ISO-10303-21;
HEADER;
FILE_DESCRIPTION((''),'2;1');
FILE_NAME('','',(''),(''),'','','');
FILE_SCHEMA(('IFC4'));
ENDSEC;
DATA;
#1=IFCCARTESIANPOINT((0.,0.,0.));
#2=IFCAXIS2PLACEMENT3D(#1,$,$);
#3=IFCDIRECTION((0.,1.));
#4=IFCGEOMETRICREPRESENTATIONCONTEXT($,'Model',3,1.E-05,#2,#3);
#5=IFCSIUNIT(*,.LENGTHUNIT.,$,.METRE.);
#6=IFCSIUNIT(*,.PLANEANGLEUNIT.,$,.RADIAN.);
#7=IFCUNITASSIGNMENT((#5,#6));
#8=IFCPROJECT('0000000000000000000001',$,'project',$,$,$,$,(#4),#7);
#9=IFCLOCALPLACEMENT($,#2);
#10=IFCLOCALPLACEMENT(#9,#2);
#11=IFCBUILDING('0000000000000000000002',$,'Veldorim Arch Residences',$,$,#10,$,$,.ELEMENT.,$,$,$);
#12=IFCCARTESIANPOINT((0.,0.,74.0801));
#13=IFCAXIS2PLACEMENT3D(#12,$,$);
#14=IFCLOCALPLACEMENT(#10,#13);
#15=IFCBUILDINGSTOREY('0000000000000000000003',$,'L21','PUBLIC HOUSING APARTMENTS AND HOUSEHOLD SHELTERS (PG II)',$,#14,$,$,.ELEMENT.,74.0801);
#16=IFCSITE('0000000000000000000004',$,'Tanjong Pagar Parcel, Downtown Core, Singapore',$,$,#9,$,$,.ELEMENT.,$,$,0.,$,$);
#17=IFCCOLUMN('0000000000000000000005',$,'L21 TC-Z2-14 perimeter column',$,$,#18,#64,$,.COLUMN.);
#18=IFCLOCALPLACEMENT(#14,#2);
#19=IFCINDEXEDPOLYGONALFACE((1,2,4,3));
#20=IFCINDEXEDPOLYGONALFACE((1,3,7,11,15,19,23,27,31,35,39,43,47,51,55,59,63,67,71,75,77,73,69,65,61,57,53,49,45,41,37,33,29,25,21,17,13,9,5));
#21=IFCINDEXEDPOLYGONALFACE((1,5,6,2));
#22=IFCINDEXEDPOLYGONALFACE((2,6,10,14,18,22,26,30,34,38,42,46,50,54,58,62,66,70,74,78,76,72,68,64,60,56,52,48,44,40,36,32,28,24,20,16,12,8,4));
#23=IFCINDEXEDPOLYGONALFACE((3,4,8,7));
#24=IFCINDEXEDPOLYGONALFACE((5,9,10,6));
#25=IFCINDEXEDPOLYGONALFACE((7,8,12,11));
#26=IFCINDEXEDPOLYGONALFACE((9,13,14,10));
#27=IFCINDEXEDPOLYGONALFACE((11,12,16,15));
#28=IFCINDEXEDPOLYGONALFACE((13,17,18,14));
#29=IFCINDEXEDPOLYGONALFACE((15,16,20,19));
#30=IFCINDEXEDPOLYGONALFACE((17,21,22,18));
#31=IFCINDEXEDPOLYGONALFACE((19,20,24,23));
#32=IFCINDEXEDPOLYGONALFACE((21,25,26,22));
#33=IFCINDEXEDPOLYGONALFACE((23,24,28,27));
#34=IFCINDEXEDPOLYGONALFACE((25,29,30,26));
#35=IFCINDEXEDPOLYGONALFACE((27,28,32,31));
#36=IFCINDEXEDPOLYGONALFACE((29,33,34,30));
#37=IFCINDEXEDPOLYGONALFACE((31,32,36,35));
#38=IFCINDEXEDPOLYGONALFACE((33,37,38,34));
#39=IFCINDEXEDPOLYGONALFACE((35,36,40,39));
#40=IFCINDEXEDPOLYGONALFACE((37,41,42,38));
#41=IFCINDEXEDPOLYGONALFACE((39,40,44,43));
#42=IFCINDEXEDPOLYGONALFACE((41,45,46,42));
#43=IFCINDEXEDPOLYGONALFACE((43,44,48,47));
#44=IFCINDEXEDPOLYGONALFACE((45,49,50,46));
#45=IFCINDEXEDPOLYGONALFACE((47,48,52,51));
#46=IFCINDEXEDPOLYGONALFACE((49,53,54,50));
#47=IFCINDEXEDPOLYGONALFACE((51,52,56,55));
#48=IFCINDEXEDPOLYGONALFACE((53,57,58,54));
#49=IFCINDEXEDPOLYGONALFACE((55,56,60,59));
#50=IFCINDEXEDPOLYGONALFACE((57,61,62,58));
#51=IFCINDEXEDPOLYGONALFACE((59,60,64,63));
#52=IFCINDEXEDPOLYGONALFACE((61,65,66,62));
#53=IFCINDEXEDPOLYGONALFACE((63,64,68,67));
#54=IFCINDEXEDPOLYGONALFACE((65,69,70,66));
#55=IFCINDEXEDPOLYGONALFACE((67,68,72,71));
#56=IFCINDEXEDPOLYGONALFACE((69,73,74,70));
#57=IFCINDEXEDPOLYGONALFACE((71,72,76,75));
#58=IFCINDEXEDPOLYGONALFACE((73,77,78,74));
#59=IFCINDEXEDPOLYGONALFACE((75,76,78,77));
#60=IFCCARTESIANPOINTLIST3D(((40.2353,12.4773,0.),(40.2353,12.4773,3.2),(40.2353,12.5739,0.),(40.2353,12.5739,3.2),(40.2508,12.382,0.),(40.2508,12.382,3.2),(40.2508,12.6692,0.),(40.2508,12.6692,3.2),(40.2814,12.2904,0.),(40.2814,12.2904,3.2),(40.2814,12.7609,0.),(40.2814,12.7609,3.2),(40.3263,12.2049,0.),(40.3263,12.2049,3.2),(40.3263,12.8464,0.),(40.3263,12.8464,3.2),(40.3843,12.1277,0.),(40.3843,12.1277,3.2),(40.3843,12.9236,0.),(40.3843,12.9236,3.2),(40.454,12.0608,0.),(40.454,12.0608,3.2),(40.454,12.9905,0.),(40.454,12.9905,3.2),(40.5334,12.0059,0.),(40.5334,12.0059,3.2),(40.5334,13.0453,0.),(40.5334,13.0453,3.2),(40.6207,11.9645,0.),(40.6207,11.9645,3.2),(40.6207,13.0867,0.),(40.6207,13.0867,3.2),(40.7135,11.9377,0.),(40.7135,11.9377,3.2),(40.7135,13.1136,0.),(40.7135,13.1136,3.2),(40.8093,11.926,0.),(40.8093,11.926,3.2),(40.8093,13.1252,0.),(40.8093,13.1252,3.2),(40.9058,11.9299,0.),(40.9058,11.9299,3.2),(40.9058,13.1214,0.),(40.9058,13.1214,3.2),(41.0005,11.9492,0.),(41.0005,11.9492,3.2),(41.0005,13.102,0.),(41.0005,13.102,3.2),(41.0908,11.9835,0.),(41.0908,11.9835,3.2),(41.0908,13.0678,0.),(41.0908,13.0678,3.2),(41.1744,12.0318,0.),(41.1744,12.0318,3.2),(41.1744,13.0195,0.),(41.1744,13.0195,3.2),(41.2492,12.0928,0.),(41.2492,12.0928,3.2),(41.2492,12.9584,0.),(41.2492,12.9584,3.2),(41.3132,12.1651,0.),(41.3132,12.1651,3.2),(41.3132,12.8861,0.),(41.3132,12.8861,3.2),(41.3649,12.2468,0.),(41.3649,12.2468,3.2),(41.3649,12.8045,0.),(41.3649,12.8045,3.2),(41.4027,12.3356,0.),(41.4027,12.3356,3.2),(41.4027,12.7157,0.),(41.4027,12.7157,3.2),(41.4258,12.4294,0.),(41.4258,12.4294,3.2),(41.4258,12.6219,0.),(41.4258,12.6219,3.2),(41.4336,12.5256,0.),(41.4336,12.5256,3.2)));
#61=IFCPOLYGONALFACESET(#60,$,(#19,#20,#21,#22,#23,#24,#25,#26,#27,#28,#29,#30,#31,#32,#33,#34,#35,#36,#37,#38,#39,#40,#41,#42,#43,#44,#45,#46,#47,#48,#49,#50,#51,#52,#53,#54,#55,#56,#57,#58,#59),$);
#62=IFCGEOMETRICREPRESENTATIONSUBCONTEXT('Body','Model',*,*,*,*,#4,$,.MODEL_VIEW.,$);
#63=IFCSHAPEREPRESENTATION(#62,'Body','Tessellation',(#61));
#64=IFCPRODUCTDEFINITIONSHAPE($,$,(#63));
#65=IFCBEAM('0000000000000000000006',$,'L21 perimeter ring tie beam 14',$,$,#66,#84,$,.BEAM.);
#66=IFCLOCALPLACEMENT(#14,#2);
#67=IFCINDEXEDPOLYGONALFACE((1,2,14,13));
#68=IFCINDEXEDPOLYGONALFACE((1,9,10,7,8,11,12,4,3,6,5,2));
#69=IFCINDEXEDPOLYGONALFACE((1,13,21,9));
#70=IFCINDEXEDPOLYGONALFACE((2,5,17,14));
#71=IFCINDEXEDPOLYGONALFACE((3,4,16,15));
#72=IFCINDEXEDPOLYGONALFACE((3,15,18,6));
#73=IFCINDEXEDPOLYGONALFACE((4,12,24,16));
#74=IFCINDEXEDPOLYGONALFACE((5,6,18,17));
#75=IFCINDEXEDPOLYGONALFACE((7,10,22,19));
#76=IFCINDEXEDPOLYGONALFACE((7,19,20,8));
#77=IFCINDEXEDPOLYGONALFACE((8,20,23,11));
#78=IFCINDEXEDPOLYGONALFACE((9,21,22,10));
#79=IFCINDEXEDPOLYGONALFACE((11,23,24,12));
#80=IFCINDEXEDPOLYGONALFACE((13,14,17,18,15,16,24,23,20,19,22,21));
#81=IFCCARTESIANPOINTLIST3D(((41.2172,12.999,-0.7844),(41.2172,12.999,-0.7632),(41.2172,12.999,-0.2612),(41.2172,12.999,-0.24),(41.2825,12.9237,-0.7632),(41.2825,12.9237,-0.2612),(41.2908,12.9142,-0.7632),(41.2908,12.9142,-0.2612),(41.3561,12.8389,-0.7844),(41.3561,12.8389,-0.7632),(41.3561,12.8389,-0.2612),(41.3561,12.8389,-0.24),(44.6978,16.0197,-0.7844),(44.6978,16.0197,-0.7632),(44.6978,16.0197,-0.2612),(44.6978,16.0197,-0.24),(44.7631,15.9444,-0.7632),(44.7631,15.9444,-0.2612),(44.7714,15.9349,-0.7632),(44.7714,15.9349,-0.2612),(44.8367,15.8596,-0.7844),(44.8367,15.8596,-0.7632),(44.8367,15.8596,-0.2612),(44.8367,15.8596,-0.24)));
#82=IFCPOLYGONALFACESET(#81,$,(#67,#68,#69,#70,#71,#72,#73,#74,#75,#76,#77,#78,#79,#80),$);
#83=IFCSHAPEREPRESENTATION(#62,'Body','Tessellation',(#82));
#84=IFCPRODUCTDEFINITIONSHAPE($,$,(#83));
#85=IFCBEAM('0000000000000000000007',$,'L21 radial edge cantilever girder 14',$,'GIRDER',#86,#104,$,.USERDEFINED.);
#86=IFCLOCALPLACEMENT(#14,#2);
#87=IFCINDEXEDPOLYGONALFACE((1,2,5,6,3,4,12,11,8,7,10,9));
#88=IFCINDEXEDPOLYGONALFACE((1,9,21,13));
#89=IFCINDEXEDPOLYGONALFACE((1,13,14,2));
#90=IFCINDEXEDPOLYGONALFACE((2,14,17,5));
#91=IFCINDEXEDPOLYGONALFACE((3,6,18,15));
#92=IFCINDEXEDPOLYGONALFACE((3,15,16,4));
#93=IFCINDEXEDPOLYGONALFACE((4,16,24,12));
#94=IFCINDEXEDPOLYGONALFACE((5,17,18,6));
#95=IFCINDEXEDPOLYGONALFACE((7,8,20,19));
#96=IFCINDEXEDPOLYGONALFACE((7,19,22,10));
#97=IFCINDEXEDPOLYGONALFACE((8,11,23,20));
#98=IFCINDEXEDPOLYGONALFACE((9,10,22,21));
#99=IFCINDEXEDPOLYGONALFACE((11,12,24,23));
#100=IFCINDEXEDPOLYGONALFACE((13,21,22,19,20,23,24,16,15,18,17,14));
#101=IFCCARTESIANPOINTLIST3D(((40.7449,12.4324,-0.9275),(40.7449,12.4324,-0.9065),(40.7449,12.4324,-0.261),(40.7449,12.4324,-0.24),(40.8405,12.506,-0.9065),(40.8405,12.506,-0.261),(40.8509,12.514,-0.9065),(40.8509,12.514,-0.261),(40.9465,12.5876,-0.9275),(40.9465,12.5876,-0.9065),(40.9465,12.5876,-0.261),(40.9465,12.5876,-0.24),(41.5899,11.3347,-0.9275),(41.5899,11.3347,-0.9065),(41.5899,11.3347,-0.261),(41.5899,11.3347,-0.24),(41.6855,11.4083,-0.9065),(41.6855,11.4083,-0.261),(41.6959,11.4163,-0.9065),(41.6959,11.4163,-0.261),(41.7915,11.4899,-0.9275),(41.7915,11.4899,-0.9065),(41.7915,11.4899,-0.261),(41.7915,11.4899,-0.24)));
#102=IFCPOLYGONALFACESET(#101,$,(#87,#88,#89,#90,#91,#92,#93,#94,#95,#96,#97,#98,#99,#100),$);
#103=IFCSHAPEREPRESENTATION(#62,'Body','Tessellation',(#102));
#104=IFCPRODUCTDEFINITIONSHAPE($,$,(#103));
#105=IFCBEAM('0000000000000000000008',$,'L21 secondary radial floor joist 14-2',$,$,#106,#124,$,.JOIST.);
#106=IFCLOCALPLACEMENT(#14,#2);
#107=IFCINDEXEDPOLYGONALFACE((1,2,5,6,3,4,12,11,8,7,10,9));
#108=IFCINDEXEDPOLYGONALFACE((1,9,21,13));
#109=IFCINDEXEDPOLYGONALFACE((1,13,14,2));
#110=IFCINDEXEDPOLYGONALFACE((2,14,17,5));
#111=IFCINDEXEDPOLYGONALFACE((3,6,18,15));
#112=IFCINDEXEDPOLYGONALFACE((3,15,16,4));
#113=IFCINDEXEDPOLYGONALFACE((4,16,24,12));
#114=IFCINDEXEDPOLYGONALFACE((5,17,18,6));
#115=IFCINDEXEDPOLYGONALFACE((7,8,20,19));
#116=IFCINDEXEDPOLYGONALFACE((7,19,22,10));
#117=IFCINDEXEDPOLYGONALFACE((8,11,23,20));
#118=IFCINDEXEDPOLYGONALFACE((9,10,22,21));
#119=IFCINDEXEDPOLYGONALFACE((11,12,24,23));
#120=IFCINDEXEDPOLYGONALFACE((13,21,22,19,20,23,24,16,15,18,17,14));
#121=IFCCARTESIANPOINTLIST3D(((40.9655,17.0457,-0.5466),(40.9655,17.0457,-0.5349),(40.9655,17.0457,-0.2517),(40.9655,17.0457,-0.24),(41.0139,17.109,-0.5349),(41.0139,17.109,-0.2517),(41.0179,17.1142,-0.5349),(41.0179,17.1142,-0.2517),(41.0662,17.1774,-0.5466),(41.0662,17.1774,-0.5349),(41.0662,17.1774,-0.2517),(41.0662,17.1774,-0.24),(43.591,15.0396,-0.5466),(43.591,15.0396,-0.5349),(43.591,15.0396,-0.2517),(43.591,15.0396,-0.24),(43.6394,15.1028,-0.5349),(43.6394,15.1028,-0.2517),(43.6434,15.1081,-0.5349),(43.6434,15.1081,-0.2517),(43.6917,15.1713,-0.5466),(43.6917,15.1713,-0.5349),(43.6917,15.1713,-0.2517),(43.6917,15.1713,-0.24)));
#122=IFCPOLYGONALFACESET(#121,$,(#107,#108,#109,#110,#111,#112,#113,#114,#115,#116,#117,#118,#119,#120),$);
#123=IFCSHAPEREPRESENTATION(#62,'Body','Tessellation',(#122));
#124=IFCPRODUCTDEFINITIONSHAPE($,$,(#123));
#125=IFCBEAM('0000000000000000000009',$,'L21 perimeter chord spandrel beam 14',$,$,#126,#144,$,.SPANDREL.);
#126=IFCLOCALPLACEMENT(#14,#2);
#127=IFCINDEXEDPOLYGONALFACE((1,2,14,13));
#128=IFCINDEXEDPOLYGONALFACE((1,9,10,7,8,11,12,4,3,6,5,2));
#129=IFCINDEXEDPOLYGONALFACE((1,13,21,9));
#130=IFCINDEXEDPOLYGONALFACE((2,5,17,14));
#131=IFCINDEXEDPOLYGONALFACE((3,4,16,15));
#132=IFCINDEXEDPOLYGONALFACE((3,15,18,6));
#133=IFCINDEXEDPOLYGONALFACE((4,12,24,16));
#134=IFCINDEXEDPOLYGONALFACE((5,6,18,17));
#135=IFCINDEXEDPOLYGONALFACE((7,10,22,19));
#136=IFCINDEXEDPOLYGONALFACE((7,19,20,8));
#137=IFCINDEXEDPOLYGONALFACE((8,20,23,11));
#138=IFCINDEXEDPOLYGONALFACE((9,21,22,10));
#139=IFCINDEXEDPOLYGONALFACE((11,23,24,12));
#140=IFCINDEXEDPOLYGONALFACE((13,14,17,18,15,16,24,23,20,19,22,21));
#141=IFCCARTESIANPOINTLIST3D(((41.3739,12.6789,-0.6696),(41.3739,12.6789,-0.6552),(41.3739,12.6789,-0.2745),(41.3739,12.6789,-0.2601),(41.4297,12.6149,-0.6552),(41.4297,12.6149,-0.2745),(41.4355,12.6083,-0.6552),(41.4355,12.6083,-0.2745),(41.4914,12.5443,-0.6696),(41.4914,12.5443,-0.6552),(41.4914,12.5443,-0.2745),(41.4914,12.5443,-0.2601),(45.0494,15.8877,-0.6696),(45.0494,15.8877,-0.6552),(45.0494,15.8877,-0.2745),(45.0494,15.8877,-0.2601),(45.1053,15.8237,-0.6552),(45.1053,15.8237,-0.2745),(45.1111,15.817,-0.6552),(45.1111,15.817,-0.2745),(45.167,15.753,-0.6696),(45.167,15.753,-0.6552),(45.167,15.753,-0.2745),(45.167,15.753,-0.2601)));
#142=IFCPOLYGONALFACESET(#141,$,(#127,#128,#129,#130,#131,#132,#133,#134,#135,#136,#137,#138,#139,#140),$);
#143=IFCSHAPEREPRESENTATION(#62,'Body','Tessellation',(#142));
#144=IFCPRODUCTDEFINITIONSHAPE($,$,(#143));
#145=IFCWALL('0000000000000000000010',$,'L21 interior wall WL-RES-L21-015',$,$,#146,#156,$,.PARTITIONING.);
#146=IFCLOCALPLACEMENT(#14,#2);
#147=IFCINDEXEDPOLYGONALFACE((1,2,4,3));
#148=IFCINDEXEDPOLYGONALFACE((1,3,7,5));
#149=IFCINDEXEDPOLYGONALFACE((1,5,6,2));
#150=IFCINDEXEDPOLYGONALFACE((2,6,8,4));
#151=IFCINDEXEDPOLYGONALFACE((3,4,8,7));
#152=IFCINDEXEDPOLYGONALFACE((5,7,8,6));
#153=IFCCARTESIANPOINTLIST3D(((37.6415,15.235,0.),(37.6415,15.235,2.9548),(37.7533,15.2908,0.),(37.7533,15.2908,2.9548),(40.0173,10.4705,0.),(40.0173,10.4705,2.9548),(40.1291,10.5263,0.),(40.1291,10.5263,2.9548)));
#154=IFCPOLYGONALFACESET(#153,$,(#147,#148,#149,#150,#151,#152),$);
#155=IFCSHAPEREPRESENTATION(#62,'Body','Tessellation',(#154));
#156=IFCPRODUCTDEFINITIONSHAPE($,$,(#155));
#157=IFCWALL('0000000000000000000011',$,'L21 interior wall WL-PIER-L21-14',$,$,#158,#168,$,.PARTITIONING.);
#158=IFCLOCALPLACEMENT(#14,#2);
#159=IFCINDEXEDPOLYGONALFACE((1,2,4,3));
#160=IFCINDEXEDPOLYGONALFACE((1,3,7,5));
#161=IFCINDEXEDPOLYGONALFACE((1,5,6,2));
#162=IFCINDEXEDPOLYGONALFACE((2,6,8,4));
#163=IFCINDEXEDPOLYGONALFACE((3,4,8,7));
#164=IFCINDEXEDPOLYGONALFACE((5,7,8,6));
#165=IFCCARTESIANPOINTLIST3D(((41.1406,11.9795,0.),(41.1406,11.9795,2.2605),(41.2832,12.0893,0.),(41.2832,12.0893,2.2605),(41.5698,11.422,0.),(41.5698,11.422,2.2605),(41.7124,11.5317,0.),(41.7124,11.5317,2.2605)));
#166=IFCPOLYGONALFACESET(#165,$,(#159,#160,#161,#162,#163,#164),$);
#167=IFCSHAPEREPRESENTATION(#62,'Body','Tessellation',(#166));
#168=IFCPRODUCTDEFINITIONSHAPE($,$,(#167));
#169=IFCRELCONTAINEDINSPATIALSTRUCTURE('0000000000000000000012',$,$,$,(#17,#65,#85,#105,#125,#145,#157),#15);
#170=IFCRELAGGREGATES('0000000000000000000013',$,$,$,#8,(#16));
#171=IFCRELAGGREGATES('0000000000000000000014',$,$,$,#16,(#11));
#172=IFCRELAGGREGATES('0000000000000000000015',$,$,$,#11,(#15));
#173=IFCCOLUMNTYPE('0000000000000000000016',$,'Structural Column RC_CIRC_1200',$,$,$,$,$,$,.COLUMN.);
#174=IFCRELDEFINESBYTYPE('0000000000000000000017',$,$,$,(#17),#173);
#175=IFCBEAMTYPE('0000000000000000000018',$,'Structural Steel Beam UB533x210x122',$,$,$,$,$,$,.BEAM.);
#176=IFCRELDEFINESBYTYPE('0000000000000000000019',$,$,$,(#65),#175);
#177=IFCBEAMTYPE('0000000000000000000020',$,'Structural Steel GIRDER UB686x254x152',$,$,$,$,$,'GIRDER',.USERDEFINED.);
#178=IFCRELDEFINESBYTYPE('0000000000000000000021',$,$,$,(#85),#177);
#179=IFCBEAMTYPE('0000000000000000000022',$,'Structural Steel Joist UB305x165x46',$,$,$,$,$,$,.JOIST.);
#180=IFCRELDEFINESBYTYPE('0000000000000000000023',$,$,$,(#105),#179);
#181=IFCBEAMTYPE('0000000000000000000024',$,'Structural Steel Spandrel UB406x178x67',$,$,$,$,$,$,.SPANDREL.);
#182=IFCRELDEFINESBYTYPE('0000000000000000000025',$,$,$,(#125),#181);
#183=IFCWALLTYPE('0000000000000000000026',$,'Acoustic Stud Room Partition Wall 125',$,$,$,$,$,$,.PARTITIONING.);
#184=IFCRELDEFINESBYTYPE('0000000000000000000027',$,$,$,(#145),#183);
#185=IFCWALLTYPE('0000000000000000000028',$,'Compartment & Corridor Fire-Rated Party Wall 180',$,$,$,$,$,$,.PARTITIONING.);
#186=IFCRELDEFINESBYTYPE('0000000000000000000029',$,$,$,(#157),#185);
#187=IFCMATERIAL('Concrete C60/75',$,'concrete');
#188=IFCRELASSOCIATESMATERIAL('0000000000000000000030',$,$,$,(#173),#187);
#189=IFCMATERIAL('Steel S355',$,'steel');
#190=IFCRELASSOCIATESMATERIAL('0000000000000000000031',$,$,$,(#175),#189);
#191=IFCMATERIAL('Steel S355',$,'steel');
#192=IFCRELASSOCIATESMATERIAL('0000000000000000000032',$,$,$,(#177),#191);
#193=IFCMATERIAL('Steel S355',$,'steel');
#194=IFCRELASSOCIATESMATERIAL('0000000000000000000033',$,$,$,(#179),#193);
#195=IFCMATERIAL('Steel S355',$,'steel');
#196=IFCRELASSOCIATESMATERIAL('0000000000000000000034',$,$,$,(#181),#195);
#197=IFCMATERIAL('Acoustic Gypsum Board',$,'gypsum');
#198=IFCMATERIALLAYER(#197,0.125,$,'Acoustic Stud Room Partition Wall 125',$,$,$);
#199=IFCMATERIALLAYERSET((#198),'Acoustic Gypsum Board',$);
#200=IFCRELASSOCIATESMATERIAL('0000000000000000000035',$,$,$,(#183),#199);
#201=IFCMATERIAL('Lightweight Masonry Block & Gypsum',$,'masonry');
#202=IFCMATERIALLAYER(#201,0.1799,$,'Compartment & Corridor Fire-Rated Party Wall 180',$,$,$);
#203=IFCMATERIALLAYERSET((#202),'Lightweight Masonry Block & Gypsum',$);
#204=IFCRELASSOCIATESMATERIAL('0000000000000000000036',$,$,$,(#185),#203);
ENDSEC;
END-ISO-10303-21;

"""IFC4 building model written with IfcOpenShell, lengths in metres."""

from ifc_helpers import new_model, si_unit, direction, frame, frame_2d, origin, origin_2d, place, context, subcontext, project, spatial, rectangle, circle, i_section, extrude, material, layer, layer_set, material_profile, profile_set, type_object, element, save


model = new_model("IFC4")

# Units and contexts
model_context = context("Model", 3, precision=1e-05, world=origin(), true_north=direction((0.0, 1.0)))
body_context = subcontext(model_context, "Body", "Model", "MODEL_VIEW")
ifc_project = project(units=[si_unit("LENGTHUNIT", "METRE"), si_unit("PLANEANGLEUNIT", "RADIAN")], contexts=[model_context])

# Site, building, storey
site_placement = place(None, origin())
site = spatial("IfcSite", under=ifc_project, at=site_placement, Name="Tanjong Pagar Parcel, Downtown Core, Singapore", CompositionType="ELEMENT", RefElevation=0.0)
building_placement = place(site_placement, origin())
building = spatial("IfcBuilding", under=site, at=building_placement, Name="Veldorim Arch Residences", CompositionType="ELEMENT")
storey_placement = place(building_placement, frame((0.0, 0.0, 74.0801)))
storey = spatial("IfcBuildingStorey", under=building, at=storey_placement, Name="L21", Description="PUBLIC HOUSING APARTMENTS AND HOUSEHOLD SHELTERS (PG II)", CompositionType="ELEMENT", Elevation=74.0801)

# Column
ifc_material_1 = material(Name="Concrete C60/75", Category="concrete")
ifc_material_profile_1 = material_profile(ifc_material_1, circle(Radius=0.6001, at=origin_2d()), Name="RC_CIRC_1200")
ifc_profile_set_1 = profile_set([ifc_material_profile_1], Name="Concrete C60/75")
column_type = type_object("IfcColumnType", Name="Structural Column RC_CIRC_1200", PredefinedType="COLUMN", material=ifc_profile_set_1)
column_placement = place(storey_placement, frame((40.8335, 12.5256, 0.0), z_axis=(0.0, 0.0, 1.0), x_axis=(1.0, 0.0, 0.0)))
element("IfcColumn", 1, at=column_placement, inside=storey, type_object=column_type, Name="L21 TC-Z2-14 perimeter column", PredefinedType="COLUMN", context=body_context, shape_type="SweptSolid", body=[
    extrude(circle(Radius=0.6001, at=origin_2d()), origin(), (0.0, 0.0, 1.0), 3.2),
])

# Beams
ifc_material_2 = material(Name="Steel S355", Category="steel")
ifc_material_profile_2 = material_profile(ifc_material_2, i_section(OverallWidth=0.2119, OverallDepth=0.5444, WebThickness=0.0127, FlangeThickness=0.0212, at=origin_2d()), Name="UB533x210x122")
ifc_profile_set_2 = profile_set([ifc_material_profile_2], Name="Steel S355")
beam_type_1 = type_object("IfcBeamType", Name="Structural Steel Beam UB533x210x122", PredefinedType="BEAM", material=ifc_profile_set_2)
beam_1_placement = place(storey_placement, frame((41.2866, 12.9189, -0.5122), z_axis=(0.755245, 0.655443, 0.0), x_axis=(-0.655443, 0.755245, 0.0)))
element("IfcBeam", 2, at=beam_1_placement, inside=storey, type_object=beam_type_1, Name="L21 perimeter ring tie beam 14", PredefinedType="BEAM", context=body_context, shape_type="SweptSolid", body=[
    extrude(i_section(OverallWidth=0.2119, OverallDepth=0.5444, WebThickness=0.0127, FlangeThickness=0.0212, at=origin_2d()), origin(), (0.0, 0.0, 1.0), 4.6086),
])
ifc_material_3 = material(Name="Steel S355", Category="steel")
ifc_material_profile_3 = material_profile(ifc_material_3, i_section(OverallWidth=0.2544, OverallDepth=0.6875, WebThickness=0.0132, FlangeThickness=0.021, at=origin_2d()), Name="UB686x254x152")
ifc_profile_set_3 = profile_set([ifc_material_profile_3], Name="Steel S355")
beam_type_2 = type_object("IfcBeamType", Name="Structural Steel GIRDER UB686x254x152", ElementType="GIRDER", PredefinedType="USERDEFINED", material=ifc_profile_set_3)
beam_2_placement = place(storey_placement, frame((40.8457, 12.51, -0.5837), z_axis=(0.609992, -0.792408, 0.0), x_axis=(0.792408, 0.609992, 0.0)))
element("IfcBeam", 3, at=beam_2_placement, inside=storey, type_object=beam_type_2, Name="L21 radial edge cantilever girder 14", ObjectType="GIRDER", PredefinedType="USERDEFINED", context=body_context, shape_type="SweptSolid", body=[
    extrude(i_section(OverallWidth=0.2544, OverallDepth=0.6875, WebThickness=0.0132, FlangeThickness=0.021, at=origin_2d()), origin(), (0.0, 0.0, 1.0), 1.3853),
])
ifc_material_4 = material(Name="Steel S355", Category="steel")
ifc_material_profile_4 = material_profile(ifc_material_4, i_section(OverallWidth=0.1658, OverallDepth=0.3066, WebThickness=0.0066, FlangeThickness=0.0117, at=origin_2d()), Name="UB305x165x46")
ifc_profile_set_4 = profile_set([ifc_material_profile_4], Name="Steel S355")
beam_type_3 = type_object("IfcBeamType", Name="Structural Steel Joist UB305x165x46", PredefinedType="JOIST", material=ifc_profile_set_4)
beam_3_placement = place(storey_placement, frame((41.0159, 17.1116, -0.3933), z_axis=(0.794595, -0.60714, 0.0), x_axis=(0.60714, 0.794595, 0.0)))
element("IfcBeam", 4, at=beam_3_placement, inside=storey, type_object=beam_type_3, Name="L21 secondary radial floor joist 14-2", PredefinedType="JOIST", context=body_context, shape_type="SweptSolid", body=[
    extrude(i_section(OverallWidth=0.1658, OverallDepth=0.3066, WebThickness=0.0066, FlangeThickness=0.0117, at=origin_2d()), origin(), (0.0, 0.0, 1.0), 3.3042),
])
ifc_material_5 = material(Name="Steel S355", Category="steel")
ifc_material_profile_5 = material_profile(ifc_material_5, i_section(OverallWidth=0.1787, OverallDepth=0.4094, WebThickness=0.0088, FlangeThickness=0.0144, at=origin_2d()), Name="UB406x178x67")
ifc_profile_set_5 = profile_set([ifc_material_profile_5], Name="Steel S355")
beam_type_4 = type_object("IfcBeamType", Name="Structural Steel Spandrel UB406x178x67", PredefinedType="SPANDREL", material=ifc_profile_set_5)
beam_4_placement = place(storey_placement, frame((41.4326, 12.6116, -0.4648), z_axis=(0.753323, 0.65765, 0.0), x_axis=(-0.65765, 0.753323, 0.0)))
element("IfcBeam", 5, at=beam_4_placement, inside=storey, type_object=beam_type_4, Name="L21 perimeter chord spandrel beam 14", PredefinedType="SPANDREL", context=body_context, shape_type="SweptSolid", body=[
    extrude(i_section(OverallWidth=0.1787, OverallDepth=0.4094, WebThickness=0.0088, FlangeThickness=0.0144, at=origin_2d()), origin(), (0.0, 0.0, 1.0), 4.8792),
])

# Walls
ifc_material_6 = material(Name="Acoustic Gypsum Board", Category="gypsum")
ifc_layer_1 = layer(ifc_material_6, 0.125, Name="Acoustic Stud Room Partition Wall 125")
ifc_layer_set_1 = layer_set([ifc_layer_1], Name="Acoustic Gypsum Board")
wall_type_1 = type_object("IfcWallType", Name="Acoustic Stud Room Partition Wall 125", PredefinedType="PARTITIONING", material=ifc_layer_set_1)
wall_1_placement = place(storey_placement, frame((40.0732, 10.4983, 0.0), z_axis=(0.0, 0.0, 1.0), x_axis=(-0.446241, 0.894913, 0.0)))
element("IfcWall", 6, at=wall_1_placement, inside=storey, type_object=wall_type_1, Name="L21 interior wall WL-RES-L21-015", PredefinedType="PARTITIONING", context=body_context, shape_type="SweptSolid", body=[
    extrude(rectangle(XDim=5.324, YDim=0.125, at=frame_2d((2.6621, 0.0))), origin(), (0.0, 0.0, 1.0), 2.9548),
])
ifc_material_7 = material(Name="Lightweight Masonry Block & Gypsum", Category="masonry")
ifc_layer_2 = layer(ifc_material_7, 0.1799, Name="Compartment & Corridor Fire-Rated Party Wall 180")
ifc_layer_set_2 = layer_set([ifc_layer_2], Name="Lightweight Masonry Block & Gypsum")
wall_type_2 = type_object("IfcWallType", Name="Compartment & Corridor Fire-Rated Party Wall 180", PredefinedType="PARTITIONING", material=ifc_layer_set_2)
wall_2_placement = place(storey_placement, frame((41.2119, 12.0344, 0.0), z_axis=(0.0, 0.0, 1.0), x_axis=(0.609945, -0.792443, 0.0)))
element("IfcWall", 7, at=wall_2_placement, inside=storey, type_object=wall_type_2, Name="L21 interior wall WL-PIER-L21-14", PredefinedType="PARTITIONING", context=body_context, shape_type="SweptSolid", body=[
    extrude(rectangle(XDim=0.7036, YDim=0.1799, at=frame_2d((0.3518, 0.0))), origin(), (0.0, 0.0, 1.0), 2.2605),
])

save(model, "model.ifc")
